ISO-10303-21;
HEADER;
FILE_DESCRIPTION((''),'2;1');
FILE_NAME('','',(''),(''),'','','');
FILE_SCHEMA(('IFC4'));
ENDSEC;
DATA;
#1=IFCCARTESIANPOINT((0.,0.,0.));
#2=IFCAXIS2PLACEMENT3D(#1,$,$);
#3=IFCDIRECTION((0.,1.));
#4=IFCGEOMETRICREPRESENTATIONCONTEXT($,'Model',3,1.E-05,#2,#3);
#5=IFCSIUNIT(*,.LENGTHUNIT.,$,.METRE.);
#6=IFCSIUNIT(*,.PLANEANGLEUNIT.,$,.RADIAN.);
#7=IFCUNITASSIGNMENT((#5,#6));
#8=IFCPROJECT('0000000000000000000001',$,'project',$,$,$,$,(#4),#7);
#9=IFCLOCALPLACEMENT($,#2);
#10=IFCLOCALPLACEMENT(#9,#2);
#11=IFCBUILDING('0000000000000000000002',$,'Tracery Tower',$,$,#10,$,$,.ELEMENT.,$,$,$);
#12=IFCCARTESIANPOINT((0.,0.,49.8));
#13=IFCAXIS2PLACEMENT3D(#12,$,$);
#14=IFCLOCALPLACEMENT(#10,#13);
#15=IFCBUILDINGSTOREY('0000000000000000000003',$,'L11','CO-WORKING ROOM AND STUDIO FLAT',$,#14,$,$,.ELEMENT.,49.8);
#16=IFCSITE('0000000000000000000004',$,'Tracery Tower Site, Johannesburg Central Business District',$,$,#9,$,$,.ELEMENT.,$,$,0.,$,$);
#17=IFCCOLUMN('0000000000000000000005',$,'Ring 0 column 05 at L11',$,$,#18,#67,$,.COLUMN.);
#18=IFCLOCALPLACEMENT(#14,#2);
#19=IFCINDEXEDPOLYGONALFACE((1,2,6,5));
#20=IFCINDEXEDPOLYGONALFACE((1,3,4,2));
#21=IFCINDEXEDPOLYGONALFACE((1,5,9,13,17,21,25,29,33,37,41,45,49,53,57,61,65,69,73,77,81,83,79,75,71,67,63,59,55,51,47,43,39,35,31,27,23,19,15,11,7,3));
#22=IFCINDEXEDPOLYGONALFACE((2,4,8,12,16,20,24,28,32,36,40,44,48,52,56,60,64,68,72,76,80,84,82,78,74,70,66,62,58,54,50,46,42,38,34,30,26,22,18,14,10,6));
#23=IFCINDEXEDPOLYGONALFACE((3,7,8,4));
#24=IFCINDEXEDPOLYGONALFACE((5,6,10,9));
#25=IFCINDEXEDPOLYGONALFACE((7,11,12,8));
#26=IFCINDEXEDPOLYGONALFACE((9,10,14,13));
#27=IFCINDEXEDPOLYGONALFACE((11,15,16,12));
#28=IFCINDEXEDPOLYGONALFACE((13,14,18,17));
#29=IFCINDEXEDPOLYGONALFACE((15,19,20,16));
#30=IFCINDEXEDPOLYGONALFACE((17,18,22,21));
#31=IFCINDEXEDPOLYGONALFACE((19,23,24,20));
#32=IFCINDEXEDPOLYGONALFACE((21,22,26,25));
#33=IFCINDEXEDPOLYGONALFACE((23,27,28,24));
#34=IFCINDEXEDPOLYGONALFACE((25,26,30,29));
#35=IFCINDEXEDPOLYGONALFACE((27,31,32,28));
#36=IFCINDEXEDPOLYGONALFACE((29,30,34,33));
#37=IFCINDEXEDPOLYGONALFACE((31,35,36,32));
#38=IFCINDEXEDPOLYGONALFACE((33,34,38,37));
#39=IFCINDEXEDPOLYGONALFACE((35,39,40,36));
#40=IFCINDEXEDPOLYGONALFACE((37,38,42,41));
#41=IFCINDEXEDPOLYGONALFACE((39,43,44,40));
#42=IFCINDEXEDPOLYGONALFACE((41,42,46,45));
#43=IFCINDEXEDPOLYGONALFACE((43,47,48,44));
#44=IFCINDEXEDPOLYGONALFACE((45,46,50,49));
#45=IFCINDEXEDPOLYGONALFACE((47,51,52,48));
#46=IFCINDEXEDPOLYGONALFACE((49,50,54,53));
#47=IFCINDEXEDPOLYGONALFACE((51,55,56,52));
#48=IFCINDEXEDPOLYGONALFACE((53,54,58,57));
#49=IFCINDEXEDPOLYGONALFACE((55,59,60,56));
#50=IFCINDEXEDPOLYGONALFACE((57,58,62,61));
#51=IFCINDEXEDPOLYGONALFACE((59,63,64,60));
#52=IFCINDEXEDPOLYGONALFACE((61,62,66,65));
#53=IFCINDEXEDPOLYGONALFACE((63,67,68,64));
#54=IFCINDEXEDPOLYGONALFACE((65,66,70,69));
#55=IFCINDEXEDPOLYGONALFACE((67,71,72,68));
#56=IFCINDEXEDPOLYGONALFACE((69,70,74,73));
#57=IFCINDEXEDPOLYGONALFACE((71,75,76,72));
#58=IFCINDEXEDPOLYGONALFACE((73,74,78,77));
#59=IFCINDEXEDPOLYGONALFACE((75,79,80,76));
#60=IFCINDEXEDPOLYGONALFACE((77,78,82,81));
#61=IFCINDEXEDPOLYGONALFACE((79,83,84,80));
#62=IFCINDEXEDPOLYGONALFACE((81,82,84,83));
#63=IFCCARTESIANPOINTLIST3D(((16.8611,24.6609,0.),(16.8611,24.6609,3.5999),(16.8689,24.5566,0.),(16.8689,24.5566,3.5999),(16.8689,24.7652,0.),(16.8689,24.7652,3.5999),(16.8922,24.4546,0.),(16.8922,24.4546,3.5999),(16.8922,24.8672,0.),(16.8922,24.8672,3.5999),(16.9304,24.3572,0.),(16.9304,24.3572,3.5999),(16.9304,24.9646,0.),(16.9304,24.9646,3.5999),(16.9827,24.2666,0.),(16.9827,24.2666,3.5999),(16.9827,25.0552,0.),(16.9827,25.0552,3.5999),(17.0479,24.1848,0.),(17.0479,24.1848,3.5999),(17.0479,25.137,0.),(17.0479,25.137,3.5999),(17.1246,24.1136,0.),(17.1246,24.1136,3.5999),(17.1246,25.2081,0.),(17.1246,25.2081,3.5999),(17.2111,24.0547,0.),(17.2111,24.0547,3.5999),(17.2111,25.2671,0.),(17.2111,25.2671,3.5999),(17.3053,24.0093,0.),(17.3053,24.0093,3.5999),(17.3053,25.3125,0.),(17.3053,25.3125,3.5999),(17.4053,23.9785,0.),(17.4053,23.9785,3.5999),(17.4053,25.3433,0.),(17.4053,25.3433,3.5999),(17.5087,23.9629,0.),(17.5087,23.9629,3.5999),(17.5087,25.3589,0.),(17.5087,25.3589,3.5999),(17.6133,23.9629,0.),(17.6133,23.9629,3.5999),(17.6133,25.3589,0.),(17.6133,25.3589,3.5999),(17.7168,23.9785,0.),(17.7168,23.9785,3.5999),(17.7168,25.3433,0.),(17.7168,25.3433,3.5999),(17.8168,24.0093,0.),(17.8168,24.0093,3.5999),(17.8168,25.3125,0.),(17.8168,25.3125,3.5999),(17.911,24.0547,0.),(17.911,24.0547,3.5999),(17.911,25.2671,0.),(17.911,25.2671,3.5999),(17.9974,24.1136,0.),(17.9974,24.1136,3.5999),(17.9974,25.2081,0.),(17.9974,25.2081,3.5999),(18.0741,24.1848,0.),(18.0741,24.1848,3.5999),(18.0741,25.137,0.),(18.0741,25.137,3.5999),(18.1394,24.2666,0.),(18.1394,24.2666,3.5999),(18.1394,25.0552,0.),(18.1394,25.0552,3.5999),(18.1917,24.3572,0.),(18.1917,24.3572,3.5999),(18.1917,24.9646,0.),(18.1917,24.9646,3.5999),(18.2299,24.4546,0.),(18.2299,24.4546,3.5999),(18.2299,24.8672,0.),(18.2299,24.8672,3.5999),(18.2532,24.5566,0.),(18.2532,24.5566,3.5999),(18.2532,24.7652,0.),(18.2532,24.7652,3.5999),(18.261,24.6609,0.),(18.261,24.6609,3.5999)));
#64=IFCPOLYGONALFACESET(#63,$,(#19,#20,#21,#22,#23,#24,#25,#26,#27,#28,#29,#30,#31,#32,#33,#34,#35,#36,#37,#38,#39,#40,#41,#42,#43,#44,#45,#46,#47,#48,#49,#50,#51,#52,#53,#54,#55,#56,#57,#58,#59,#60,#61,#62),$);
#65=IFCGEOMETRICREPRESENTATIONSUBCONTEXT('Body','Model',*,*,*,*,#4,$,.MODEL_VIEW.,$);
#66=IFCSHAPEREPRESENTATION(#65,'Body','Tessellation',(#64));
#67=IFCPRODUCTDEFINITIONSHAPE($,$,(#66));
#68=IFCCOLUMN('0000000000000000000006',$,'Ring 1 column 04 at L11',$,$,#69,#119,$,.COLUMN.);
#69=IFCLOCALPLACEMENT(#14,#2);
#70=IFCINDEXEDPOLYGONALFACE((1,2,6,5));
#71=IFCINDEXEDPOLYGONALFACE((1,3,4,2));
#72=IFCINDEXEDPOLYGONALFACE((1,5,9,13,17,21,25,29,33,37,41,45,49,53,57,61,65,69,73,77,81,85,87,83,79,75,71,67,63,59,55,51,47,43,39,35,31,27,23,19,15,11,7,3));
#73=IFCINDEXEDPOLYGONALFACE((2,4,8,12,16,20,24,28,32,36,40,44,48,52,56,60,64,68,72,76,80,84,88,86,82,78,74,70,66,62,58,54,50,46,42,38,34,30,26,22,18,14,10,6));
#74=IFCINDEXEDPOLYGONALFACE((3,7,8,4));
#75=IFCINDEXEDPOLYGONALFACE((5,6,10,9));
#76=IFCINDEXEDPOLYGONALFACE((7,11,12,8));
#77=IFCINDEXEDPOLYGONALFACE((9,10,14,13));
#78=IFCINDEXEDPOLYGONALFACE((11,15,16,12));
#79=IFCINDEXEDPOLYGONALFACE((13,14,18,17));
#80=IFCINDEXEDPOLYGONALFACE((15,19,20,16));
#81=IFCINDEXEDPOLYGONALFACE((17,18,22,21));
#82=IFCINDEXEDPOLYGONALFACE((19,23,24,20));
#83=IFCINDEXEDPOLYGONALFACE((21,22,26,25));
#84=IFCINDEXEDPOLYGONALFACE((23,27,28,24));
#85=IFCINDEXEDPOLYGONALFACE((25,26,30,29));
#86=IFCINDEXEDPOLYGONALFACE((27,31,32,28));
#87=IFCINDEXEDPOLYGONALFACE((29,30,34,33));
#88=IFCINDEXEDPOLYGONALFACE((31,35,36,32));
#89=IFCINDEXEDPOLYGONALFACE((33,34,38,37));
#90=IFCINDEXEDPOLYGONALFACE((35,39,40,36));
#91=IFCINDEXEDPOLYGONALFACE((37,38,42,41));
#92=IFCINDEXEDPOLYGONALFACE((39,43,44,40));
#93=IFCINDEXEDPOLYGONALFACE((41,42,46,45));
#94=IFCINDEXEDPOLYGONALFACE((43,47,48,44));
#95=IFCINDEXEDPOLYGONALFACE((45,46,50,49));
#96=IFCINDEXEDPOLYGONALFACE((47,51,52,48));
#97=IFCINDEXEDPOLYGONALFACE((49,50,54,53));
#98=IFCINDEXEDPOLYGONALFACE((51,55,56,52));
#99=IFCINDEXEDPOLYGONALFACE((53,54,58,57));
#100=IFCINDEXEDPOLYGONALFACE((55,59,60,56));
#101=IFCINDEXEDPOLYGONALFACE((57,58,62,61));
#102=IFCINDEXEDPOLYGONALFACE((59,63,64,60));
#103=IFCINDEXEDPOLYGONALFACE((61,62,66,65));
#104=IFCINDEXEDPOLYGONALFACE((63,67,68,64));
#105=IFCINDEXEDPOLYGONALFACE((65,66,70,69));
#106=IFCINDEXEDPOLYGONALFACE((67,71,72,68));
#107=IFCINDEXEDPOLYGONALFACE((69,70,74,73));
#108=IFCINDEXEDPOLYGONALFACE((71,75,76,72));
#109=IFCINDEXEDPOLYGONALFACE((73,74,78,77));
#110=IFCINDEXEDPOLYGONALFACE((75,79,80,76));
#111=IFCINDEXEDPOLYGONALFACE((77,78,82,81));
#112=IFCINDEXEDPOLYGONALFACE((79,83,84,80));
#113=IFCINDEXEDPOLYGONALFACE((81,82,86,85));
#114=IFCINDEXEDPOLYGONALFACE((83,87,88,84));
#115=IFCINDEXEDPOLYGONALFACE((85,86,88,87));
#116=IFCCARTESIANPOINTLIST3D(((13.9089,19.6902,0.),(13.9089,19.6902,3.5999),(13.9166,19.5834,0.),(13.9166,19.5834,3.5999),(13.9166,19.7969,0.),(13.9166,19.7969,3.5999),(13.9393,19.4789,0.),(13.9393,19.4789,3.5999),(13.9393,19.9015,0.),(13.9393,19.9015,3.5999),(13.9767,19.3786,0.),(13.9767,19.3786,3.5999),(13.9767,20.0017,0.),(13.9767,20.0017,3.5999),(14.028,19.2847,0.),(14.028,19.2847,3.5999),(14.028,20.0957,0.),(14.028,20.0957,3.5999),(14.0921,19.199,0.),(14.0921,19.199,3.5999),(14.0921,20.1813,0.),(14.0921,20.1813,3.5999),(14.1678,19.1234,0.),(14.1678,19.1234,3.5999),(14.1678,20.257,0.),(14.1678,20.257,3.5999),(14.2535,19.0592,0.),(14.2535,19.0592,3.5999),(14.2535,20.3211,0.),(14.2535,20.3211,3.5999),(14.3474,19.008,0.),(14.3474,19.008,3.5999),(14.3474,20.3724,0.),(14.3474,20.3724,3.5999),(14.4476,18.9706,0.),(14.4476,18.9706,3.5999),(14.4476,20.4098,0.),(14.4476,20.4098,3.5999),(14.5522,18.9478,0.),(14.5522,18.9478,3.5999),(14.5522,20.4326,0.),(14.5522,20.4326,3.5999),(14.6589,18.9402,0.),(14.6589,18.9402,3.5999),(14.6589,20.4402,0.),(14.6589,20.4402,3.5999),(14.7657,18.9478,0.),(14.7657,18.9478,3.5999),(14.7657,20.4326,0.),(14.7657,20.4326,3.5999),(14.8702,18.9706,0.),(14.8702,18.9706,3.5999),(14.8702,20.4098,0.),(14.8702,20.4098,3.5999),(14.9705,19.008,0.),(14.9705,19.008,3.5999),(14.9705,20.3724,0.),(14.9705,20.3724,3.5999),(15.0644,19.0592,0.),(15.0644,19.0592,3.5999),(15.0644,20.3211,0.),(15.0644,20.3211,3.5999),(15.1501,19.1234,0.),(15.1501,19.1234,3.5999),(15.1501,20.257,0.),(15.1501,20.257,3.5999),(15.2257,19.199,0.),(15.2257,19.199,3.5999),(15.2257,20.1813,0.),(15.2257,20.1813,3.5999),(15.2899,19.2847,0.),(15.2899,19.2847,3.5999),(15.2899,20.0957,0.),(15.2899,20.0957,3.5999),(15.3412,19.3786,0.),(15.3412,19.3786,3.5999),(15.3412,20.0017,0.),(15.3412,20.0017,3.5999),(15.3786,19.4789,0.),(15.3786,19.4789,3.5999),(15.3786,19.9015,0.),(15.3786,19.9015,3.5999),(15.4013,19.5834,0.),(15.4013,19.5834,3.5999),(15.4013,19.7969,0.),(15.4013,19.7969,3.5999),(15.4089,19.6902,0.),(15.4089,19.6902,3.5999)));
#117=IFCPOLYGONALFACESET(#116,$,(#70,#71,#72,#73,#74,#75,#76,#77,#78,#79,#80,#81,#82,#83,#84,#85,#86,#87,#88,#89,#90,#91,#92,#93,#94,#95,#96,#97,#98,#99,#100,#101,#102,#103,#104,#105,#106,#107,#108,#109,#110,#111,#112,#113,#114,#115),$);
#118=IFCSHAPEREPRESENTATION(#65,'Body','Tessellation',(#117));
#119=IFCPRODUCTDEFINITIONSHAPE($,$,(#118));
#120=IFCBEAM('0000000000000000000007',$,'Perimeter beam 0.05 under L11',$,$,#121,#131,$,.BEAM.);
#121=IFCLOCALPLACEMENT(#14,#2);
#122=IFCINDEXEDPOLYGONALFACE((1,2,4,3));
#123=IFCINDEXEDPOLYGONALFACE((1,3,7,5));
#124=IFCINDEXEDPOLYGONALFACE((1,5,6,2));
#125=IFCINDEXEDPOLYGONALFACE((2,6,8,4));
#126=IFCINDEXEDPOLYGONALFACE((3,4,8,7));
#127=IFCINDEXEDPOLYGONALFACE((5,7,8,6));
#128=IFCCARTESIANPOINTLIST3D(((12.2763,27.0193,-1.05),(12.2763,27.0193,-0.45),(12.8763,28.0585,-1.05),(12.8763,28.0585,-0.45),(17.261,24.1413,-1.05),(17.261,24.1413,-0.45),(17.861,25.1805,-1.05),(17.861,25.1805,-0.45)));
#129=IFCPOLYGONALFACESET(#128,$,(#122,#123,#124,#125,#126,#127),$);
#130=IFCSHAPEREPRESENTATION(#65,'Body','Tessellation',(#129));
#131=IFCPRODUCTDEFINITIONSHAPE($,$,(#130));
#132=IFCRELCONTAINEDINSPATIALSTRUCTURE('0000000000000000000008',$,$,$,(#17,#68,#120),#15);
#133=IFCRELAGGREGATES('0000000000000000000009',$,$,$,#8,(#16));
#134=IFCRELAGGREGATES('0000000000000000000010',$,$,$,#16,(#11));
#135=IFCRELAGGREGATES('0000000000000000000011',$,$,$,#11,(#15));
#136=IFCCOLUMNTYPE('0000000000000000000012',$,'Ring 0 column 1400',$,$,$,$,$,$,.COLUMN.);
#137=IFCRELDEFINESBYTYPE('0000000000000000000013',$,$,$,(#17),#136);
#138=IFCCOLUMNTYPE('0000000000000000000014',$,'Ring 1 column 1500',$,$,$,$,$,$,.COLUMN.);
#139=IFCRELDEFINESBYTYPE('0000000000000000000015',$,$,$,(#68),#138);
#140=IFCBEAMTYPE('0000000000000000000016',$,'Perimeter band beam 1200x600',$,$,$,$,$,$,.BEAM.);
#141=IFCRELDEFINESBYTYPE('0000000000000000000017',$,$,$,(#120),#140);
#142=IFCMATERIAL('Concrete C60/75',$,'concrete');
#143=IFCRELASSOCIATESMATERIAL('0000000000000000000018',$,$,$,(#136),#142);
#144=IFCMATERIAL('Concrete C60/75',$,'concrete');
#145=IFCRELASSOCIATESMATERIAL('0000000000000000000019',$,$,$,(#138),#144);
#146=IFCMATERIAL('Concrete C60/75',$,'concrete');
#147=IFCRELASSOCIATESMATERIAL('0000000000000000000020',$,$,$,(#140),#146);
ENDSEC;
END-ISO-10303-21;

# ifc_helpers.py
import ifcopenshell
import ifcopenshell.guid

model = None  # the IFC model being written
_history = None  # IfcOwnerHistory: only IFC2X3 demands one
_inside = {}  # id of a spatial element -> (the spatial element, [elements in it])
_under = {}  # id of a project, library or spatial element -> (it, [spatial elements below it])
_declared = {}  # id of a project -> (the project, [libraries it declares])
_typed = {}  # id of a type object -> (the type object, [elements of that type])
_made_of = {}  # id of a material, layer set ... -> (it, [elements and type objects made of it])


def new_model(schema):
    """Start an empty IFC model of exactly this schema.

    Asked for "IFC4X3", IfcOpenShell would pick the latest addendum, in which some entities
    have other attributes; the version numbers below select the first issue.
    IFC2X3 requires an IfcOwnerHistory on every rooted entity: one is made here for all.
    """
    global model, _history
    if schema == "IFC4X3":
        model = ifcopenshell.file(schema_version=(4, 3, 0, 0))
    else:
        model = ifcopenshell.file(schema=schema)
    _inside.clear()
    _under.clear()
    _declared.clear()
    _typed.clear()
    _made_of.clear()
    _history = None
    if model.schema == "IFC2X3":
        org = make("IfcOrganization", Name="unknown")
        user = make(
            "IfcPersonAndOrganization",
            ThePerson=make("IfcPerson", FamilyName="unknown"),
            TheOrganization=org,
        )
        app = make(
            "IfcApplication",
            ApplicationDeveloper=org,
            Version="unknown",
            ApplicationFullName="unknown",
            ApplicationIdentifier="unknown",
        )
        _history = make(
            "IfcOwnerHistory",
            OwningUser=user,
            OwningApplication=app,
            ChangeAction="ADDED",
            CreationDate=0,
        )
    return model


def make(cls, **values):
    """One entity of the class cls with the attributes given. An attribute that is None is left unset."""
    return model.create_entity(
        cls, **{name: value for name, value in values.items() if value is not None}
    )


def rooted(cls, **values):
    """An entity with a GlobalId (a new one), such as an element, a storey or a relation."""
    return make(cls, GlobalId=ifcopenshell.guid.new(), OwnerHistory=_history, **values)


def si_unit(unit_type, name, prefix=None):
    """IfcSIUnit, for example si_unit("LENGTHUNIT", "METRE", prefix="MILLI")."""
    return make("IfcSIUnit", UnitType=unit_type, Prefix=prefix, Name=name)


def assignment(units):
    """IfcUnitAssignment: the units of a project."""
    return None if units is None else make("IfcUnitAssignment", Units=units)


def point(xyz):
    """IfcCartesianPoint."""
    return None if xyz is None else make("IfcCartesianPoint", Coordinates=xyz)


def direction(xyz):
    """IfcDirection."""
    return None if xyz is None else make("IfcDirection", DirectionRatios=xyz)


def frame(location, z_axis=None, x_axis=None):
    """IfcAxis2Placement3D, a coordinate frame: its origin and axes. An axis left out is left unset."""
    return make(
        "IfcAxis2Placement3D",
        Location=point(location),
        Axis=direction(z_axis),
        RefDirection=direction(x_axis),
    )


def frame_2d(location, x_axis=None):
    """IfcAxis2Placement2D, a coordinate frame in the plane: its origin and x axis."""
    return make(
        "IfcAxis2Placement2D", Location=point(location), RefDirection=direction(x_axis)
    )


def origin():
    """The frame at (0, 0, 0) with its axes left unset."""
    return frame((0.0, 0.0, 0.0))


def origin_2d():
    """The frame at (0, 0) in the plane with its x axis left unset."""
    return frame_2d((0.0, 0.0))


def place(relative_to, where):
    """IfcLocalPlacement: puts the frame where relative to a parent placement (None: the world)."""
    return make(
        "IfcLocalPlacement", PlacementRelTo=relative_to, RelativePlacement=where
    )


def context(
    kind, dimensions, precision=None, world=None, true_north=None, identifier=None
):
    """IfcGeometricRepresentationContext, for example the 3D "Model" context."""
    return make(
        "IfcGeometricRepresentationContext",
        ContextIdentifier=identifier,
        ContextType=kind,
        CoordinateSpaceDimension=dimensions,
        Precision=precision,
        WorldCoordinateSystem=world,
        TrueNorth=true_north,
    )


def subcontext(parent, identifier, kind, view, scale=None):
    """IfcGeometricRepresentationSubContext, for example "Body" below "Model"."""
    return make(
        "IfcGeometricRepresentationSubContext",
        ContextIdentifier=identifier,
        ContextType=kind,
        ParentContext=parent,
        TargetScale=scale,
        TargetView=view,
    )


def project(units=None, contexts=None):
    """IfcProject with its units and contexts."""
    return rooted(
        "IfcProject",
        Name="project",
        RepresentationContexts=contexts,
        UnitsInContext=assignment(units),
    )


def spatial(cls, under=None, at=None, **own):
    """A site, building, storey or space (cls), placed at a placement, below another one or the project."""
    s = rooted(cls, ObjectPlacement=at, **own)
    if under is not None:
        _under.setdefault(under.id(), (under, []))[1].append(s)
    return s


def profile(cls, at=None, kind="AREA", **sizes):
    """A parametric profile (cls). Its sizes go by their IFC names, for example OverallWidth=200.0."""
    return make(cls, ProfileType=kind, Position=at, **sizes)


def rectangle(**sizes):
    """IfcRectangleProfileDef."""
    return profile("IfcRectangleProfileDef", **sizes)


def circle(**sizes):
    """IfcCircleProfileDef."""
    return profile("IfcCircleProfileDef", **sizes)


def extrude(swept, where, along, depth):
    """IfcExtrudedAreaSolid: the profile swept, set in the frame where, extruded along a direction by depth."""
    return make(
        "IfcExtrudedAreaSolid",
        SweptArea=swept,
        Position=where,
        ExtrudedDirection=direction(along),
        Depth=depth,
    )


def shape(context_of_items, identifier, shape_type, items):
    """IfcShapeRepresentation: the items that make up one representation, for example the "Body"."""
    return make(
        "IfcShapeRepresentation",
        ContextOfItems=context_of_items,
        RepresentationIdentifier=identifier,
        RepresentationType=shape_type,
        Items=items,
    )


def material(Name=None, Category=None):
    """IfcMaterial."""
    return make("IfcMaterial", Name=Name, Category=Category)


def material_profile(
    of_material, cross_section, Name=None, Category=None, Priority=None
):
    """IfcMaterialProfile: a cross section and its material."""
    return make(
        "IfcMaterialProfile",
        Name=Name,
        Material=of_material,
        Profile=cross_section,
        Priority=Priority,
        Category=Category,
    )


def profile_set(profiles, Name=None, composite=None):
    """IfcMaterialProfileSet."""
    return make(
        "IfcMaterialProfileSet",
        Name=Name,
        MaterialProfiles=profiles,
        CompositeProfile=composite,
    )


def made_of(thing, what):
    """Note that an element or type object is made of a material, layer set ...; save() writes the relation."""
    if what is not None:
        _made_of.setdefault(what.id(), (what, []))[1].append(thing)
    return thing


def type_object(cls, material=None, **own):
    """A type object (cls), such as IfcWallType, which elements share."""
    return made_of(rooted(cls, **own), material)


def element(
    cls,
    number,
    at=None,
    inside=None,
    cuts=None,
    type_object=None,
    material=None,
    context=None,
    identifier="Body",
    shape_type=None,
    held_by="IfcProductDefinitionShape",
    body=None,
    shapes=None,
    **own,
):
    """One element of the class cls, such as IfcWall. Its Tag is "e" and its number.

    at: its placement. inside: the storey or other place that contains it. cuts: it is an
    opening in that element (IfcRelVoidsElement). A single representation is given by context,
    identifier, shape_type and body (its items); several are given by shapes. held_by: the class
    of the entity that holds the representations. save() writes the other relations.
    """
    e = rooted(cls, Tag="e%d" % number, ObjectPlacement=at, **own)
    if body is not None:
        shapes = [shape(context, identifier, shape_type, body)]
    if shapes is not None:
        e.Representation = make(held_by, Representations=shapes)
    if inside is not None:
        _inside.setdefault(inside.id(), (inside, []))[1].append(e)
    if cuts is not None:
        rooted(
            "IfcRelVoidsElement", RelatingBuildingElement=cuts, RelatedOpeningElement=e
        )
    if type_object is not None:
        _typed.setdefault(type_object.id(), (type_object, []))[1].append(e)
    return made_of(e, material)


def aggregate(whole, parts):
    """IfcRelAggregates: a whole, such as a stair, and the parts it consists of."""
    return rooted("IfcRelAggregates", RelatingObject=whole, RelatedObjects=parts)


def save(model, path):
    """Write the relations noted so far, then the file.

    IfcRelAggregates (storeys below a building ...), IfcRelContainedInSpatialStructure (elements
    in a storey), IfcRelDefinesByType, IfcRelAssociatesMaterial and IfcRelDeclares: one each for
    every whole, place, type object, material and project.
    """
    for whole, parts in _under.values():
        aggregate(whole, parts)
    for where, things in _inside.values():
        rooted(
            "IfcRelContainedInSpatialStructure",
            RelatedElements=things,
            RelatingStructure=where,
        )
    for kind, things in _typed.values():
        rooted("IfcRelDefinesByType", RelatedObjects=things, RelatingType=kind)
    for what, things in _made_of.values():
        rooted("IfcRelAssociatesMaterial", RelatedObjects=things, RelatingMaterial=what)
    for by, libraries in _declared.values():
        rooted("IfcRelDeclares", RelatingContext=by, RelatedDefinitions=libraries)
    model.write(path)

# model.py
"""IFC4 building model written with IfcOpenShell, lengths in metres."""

from ifc_helpers import new_model, si_unit, direction, frame, origin, origin_2d, place, context, subcontext, project, spatial, rectangle, circle, extrude, material, material_profile, profile_set, type_object, element, save


model = new_model("IFC4")

# Units and contexts
model_context = context("Model", 3, precision=1e-05, world=origin(), true_north=direction((0.0, 1.0)))
body_context = subcontext(model_context, "Body", "Model", "MODEL_VIEW")
ifc_project = project(units=[si_unit("LENGTHUNIT", "METRE"), si_unit("PLANEANGLEUNIT", "RADIAN")], contexts=[model_context])

# Site, building, storey
site_placement = place(None, origin())
site = spatial("IfcSite", under=ifc_project, at=site_placement, Name="Tracery Tower Site, Johannesburg Central Business District", CompositionType="ELEMENT", RefElevation=0.0)
building_placement = place(site_placement, origin())
building = spatial("IfcBuilding", under=site, at=building_placement, Name="Tracery Tower", CompositionType="ELEMENT")
storey_placement = place(building_placement, frame((0.0, 0.0, 49.8)))
storey = spatial("IfcBuildingStorey", under=building, at=storey_placement, Name="L11", Description="CO-WORKING ROOM AND STUDIO FLAT", CompositionType="ELEMENT", Elevation=49.8)

# Columns
ifc_material_1 = material(Name="Concrete C60/75", Category="concrete")
ifc_material_profile_1 = material_profile(ifc_material_1, circle(Radius=0.7, at=origin_2d()), Name="RC D1400")
ifc_profile_set_1 = profile_set([ifc_material_profile_1], Name="Concrete C60/75")
column_type_1 = type_object("IfcColumnType", Name="Ring 0 column 1400", PredefinedType="COLUMN", material=ifc_profile_set_1)
column_1_placement = place(storey_placement, frame((17.561, 24.6609, 0.0), z_axis=(0.0, 0.0, 1.0), x_axis=(1.0, 0.0, 0.0)))
element("IfcColumn", 1, at=column_1_placement, inside=storey, type_object=column_type_1, Name="Ring 0 column 05 at L11", PredefinedType="COLUMN", context=body_context, shape_type="SweptSolid", body=[
    extrude(circle(Radius=0.7, at=origin_2d()), origin(), (0.0, 0.0, 1.0), 3.5999),
])
ifc_material_2 = material(Name="Concrete C60/75", Category="concrete")
ifc_material_profile_2 = material_profile(ifc_material_2, circle(Radius=0.75, at=origin_2d()), Name="RC D1500")
ifc_profile_set_2 = profile_set([ifc_material_profile_2], Name="Concrete C60/75")
column_type_2 = type_object("IfcColumnType", Name="Ring 1 column 1500", PredefinedType="COLUMN", material=ifc_profile_set_2)
column_2_placement = place(storey_placement, frame((14.6589, 19.6902, 0.0), z_axis=(0.0, 0.0, 1.0), x_axis=(1.0, 0.0, 0.0)))
element("IfcColumn", 2, at=column_2_placement, inside=storey, type_object=column_type_2, Name="Ring 1 column 04 at L11", PredefinedType="COLUMN", context=body_context, shape_type="SweptSolid", body=[
    extrude(circle(Radius=0.75, at=origin_2d()), origin(), (0.0, 0.0, 1.0), 3.5999),
])

# Beam
ifc_material_3 = material(Name="Concrete C60/75", Category="concrete")
ifc_material_profile_3 = material_profile(ifc_material_3, rectangle(XDim=1.2, YDim=0.6001, at=origin_2d()), Name="RC 1200x600")
ifc_profile_set_3 = profile_set([ifc_material_profile_3], Name="Concrete C60/75")
beam_type = type_object("IfcBeamType", Name="Perimeter band beam 1200x600", PredefinedType="BEAM", material=ifc_profile_set_3)
beam_placement = place(storey_placement, frame((17.561, 24.6609, -0.75), z_axis=(-0.866021, 0.500008, 0.0), x_axis=(-0.500008, -0.866021, 0.0)))
element("IfcBeam", 3, at=beam_placement, inside=storey, type_object=beam_type, Name="Perimeter beam 0.05 under L11", PredefinedType="BEAM", context=body_context, shape_type="SweptSolid", body=[
    extrude(rectangle(XDim=1.2, YDim=0.6001, at=origin_2d()), origin(), (0.0, 0.0, 1.0), 5.7559),
])

save(model, "model.ifc")
